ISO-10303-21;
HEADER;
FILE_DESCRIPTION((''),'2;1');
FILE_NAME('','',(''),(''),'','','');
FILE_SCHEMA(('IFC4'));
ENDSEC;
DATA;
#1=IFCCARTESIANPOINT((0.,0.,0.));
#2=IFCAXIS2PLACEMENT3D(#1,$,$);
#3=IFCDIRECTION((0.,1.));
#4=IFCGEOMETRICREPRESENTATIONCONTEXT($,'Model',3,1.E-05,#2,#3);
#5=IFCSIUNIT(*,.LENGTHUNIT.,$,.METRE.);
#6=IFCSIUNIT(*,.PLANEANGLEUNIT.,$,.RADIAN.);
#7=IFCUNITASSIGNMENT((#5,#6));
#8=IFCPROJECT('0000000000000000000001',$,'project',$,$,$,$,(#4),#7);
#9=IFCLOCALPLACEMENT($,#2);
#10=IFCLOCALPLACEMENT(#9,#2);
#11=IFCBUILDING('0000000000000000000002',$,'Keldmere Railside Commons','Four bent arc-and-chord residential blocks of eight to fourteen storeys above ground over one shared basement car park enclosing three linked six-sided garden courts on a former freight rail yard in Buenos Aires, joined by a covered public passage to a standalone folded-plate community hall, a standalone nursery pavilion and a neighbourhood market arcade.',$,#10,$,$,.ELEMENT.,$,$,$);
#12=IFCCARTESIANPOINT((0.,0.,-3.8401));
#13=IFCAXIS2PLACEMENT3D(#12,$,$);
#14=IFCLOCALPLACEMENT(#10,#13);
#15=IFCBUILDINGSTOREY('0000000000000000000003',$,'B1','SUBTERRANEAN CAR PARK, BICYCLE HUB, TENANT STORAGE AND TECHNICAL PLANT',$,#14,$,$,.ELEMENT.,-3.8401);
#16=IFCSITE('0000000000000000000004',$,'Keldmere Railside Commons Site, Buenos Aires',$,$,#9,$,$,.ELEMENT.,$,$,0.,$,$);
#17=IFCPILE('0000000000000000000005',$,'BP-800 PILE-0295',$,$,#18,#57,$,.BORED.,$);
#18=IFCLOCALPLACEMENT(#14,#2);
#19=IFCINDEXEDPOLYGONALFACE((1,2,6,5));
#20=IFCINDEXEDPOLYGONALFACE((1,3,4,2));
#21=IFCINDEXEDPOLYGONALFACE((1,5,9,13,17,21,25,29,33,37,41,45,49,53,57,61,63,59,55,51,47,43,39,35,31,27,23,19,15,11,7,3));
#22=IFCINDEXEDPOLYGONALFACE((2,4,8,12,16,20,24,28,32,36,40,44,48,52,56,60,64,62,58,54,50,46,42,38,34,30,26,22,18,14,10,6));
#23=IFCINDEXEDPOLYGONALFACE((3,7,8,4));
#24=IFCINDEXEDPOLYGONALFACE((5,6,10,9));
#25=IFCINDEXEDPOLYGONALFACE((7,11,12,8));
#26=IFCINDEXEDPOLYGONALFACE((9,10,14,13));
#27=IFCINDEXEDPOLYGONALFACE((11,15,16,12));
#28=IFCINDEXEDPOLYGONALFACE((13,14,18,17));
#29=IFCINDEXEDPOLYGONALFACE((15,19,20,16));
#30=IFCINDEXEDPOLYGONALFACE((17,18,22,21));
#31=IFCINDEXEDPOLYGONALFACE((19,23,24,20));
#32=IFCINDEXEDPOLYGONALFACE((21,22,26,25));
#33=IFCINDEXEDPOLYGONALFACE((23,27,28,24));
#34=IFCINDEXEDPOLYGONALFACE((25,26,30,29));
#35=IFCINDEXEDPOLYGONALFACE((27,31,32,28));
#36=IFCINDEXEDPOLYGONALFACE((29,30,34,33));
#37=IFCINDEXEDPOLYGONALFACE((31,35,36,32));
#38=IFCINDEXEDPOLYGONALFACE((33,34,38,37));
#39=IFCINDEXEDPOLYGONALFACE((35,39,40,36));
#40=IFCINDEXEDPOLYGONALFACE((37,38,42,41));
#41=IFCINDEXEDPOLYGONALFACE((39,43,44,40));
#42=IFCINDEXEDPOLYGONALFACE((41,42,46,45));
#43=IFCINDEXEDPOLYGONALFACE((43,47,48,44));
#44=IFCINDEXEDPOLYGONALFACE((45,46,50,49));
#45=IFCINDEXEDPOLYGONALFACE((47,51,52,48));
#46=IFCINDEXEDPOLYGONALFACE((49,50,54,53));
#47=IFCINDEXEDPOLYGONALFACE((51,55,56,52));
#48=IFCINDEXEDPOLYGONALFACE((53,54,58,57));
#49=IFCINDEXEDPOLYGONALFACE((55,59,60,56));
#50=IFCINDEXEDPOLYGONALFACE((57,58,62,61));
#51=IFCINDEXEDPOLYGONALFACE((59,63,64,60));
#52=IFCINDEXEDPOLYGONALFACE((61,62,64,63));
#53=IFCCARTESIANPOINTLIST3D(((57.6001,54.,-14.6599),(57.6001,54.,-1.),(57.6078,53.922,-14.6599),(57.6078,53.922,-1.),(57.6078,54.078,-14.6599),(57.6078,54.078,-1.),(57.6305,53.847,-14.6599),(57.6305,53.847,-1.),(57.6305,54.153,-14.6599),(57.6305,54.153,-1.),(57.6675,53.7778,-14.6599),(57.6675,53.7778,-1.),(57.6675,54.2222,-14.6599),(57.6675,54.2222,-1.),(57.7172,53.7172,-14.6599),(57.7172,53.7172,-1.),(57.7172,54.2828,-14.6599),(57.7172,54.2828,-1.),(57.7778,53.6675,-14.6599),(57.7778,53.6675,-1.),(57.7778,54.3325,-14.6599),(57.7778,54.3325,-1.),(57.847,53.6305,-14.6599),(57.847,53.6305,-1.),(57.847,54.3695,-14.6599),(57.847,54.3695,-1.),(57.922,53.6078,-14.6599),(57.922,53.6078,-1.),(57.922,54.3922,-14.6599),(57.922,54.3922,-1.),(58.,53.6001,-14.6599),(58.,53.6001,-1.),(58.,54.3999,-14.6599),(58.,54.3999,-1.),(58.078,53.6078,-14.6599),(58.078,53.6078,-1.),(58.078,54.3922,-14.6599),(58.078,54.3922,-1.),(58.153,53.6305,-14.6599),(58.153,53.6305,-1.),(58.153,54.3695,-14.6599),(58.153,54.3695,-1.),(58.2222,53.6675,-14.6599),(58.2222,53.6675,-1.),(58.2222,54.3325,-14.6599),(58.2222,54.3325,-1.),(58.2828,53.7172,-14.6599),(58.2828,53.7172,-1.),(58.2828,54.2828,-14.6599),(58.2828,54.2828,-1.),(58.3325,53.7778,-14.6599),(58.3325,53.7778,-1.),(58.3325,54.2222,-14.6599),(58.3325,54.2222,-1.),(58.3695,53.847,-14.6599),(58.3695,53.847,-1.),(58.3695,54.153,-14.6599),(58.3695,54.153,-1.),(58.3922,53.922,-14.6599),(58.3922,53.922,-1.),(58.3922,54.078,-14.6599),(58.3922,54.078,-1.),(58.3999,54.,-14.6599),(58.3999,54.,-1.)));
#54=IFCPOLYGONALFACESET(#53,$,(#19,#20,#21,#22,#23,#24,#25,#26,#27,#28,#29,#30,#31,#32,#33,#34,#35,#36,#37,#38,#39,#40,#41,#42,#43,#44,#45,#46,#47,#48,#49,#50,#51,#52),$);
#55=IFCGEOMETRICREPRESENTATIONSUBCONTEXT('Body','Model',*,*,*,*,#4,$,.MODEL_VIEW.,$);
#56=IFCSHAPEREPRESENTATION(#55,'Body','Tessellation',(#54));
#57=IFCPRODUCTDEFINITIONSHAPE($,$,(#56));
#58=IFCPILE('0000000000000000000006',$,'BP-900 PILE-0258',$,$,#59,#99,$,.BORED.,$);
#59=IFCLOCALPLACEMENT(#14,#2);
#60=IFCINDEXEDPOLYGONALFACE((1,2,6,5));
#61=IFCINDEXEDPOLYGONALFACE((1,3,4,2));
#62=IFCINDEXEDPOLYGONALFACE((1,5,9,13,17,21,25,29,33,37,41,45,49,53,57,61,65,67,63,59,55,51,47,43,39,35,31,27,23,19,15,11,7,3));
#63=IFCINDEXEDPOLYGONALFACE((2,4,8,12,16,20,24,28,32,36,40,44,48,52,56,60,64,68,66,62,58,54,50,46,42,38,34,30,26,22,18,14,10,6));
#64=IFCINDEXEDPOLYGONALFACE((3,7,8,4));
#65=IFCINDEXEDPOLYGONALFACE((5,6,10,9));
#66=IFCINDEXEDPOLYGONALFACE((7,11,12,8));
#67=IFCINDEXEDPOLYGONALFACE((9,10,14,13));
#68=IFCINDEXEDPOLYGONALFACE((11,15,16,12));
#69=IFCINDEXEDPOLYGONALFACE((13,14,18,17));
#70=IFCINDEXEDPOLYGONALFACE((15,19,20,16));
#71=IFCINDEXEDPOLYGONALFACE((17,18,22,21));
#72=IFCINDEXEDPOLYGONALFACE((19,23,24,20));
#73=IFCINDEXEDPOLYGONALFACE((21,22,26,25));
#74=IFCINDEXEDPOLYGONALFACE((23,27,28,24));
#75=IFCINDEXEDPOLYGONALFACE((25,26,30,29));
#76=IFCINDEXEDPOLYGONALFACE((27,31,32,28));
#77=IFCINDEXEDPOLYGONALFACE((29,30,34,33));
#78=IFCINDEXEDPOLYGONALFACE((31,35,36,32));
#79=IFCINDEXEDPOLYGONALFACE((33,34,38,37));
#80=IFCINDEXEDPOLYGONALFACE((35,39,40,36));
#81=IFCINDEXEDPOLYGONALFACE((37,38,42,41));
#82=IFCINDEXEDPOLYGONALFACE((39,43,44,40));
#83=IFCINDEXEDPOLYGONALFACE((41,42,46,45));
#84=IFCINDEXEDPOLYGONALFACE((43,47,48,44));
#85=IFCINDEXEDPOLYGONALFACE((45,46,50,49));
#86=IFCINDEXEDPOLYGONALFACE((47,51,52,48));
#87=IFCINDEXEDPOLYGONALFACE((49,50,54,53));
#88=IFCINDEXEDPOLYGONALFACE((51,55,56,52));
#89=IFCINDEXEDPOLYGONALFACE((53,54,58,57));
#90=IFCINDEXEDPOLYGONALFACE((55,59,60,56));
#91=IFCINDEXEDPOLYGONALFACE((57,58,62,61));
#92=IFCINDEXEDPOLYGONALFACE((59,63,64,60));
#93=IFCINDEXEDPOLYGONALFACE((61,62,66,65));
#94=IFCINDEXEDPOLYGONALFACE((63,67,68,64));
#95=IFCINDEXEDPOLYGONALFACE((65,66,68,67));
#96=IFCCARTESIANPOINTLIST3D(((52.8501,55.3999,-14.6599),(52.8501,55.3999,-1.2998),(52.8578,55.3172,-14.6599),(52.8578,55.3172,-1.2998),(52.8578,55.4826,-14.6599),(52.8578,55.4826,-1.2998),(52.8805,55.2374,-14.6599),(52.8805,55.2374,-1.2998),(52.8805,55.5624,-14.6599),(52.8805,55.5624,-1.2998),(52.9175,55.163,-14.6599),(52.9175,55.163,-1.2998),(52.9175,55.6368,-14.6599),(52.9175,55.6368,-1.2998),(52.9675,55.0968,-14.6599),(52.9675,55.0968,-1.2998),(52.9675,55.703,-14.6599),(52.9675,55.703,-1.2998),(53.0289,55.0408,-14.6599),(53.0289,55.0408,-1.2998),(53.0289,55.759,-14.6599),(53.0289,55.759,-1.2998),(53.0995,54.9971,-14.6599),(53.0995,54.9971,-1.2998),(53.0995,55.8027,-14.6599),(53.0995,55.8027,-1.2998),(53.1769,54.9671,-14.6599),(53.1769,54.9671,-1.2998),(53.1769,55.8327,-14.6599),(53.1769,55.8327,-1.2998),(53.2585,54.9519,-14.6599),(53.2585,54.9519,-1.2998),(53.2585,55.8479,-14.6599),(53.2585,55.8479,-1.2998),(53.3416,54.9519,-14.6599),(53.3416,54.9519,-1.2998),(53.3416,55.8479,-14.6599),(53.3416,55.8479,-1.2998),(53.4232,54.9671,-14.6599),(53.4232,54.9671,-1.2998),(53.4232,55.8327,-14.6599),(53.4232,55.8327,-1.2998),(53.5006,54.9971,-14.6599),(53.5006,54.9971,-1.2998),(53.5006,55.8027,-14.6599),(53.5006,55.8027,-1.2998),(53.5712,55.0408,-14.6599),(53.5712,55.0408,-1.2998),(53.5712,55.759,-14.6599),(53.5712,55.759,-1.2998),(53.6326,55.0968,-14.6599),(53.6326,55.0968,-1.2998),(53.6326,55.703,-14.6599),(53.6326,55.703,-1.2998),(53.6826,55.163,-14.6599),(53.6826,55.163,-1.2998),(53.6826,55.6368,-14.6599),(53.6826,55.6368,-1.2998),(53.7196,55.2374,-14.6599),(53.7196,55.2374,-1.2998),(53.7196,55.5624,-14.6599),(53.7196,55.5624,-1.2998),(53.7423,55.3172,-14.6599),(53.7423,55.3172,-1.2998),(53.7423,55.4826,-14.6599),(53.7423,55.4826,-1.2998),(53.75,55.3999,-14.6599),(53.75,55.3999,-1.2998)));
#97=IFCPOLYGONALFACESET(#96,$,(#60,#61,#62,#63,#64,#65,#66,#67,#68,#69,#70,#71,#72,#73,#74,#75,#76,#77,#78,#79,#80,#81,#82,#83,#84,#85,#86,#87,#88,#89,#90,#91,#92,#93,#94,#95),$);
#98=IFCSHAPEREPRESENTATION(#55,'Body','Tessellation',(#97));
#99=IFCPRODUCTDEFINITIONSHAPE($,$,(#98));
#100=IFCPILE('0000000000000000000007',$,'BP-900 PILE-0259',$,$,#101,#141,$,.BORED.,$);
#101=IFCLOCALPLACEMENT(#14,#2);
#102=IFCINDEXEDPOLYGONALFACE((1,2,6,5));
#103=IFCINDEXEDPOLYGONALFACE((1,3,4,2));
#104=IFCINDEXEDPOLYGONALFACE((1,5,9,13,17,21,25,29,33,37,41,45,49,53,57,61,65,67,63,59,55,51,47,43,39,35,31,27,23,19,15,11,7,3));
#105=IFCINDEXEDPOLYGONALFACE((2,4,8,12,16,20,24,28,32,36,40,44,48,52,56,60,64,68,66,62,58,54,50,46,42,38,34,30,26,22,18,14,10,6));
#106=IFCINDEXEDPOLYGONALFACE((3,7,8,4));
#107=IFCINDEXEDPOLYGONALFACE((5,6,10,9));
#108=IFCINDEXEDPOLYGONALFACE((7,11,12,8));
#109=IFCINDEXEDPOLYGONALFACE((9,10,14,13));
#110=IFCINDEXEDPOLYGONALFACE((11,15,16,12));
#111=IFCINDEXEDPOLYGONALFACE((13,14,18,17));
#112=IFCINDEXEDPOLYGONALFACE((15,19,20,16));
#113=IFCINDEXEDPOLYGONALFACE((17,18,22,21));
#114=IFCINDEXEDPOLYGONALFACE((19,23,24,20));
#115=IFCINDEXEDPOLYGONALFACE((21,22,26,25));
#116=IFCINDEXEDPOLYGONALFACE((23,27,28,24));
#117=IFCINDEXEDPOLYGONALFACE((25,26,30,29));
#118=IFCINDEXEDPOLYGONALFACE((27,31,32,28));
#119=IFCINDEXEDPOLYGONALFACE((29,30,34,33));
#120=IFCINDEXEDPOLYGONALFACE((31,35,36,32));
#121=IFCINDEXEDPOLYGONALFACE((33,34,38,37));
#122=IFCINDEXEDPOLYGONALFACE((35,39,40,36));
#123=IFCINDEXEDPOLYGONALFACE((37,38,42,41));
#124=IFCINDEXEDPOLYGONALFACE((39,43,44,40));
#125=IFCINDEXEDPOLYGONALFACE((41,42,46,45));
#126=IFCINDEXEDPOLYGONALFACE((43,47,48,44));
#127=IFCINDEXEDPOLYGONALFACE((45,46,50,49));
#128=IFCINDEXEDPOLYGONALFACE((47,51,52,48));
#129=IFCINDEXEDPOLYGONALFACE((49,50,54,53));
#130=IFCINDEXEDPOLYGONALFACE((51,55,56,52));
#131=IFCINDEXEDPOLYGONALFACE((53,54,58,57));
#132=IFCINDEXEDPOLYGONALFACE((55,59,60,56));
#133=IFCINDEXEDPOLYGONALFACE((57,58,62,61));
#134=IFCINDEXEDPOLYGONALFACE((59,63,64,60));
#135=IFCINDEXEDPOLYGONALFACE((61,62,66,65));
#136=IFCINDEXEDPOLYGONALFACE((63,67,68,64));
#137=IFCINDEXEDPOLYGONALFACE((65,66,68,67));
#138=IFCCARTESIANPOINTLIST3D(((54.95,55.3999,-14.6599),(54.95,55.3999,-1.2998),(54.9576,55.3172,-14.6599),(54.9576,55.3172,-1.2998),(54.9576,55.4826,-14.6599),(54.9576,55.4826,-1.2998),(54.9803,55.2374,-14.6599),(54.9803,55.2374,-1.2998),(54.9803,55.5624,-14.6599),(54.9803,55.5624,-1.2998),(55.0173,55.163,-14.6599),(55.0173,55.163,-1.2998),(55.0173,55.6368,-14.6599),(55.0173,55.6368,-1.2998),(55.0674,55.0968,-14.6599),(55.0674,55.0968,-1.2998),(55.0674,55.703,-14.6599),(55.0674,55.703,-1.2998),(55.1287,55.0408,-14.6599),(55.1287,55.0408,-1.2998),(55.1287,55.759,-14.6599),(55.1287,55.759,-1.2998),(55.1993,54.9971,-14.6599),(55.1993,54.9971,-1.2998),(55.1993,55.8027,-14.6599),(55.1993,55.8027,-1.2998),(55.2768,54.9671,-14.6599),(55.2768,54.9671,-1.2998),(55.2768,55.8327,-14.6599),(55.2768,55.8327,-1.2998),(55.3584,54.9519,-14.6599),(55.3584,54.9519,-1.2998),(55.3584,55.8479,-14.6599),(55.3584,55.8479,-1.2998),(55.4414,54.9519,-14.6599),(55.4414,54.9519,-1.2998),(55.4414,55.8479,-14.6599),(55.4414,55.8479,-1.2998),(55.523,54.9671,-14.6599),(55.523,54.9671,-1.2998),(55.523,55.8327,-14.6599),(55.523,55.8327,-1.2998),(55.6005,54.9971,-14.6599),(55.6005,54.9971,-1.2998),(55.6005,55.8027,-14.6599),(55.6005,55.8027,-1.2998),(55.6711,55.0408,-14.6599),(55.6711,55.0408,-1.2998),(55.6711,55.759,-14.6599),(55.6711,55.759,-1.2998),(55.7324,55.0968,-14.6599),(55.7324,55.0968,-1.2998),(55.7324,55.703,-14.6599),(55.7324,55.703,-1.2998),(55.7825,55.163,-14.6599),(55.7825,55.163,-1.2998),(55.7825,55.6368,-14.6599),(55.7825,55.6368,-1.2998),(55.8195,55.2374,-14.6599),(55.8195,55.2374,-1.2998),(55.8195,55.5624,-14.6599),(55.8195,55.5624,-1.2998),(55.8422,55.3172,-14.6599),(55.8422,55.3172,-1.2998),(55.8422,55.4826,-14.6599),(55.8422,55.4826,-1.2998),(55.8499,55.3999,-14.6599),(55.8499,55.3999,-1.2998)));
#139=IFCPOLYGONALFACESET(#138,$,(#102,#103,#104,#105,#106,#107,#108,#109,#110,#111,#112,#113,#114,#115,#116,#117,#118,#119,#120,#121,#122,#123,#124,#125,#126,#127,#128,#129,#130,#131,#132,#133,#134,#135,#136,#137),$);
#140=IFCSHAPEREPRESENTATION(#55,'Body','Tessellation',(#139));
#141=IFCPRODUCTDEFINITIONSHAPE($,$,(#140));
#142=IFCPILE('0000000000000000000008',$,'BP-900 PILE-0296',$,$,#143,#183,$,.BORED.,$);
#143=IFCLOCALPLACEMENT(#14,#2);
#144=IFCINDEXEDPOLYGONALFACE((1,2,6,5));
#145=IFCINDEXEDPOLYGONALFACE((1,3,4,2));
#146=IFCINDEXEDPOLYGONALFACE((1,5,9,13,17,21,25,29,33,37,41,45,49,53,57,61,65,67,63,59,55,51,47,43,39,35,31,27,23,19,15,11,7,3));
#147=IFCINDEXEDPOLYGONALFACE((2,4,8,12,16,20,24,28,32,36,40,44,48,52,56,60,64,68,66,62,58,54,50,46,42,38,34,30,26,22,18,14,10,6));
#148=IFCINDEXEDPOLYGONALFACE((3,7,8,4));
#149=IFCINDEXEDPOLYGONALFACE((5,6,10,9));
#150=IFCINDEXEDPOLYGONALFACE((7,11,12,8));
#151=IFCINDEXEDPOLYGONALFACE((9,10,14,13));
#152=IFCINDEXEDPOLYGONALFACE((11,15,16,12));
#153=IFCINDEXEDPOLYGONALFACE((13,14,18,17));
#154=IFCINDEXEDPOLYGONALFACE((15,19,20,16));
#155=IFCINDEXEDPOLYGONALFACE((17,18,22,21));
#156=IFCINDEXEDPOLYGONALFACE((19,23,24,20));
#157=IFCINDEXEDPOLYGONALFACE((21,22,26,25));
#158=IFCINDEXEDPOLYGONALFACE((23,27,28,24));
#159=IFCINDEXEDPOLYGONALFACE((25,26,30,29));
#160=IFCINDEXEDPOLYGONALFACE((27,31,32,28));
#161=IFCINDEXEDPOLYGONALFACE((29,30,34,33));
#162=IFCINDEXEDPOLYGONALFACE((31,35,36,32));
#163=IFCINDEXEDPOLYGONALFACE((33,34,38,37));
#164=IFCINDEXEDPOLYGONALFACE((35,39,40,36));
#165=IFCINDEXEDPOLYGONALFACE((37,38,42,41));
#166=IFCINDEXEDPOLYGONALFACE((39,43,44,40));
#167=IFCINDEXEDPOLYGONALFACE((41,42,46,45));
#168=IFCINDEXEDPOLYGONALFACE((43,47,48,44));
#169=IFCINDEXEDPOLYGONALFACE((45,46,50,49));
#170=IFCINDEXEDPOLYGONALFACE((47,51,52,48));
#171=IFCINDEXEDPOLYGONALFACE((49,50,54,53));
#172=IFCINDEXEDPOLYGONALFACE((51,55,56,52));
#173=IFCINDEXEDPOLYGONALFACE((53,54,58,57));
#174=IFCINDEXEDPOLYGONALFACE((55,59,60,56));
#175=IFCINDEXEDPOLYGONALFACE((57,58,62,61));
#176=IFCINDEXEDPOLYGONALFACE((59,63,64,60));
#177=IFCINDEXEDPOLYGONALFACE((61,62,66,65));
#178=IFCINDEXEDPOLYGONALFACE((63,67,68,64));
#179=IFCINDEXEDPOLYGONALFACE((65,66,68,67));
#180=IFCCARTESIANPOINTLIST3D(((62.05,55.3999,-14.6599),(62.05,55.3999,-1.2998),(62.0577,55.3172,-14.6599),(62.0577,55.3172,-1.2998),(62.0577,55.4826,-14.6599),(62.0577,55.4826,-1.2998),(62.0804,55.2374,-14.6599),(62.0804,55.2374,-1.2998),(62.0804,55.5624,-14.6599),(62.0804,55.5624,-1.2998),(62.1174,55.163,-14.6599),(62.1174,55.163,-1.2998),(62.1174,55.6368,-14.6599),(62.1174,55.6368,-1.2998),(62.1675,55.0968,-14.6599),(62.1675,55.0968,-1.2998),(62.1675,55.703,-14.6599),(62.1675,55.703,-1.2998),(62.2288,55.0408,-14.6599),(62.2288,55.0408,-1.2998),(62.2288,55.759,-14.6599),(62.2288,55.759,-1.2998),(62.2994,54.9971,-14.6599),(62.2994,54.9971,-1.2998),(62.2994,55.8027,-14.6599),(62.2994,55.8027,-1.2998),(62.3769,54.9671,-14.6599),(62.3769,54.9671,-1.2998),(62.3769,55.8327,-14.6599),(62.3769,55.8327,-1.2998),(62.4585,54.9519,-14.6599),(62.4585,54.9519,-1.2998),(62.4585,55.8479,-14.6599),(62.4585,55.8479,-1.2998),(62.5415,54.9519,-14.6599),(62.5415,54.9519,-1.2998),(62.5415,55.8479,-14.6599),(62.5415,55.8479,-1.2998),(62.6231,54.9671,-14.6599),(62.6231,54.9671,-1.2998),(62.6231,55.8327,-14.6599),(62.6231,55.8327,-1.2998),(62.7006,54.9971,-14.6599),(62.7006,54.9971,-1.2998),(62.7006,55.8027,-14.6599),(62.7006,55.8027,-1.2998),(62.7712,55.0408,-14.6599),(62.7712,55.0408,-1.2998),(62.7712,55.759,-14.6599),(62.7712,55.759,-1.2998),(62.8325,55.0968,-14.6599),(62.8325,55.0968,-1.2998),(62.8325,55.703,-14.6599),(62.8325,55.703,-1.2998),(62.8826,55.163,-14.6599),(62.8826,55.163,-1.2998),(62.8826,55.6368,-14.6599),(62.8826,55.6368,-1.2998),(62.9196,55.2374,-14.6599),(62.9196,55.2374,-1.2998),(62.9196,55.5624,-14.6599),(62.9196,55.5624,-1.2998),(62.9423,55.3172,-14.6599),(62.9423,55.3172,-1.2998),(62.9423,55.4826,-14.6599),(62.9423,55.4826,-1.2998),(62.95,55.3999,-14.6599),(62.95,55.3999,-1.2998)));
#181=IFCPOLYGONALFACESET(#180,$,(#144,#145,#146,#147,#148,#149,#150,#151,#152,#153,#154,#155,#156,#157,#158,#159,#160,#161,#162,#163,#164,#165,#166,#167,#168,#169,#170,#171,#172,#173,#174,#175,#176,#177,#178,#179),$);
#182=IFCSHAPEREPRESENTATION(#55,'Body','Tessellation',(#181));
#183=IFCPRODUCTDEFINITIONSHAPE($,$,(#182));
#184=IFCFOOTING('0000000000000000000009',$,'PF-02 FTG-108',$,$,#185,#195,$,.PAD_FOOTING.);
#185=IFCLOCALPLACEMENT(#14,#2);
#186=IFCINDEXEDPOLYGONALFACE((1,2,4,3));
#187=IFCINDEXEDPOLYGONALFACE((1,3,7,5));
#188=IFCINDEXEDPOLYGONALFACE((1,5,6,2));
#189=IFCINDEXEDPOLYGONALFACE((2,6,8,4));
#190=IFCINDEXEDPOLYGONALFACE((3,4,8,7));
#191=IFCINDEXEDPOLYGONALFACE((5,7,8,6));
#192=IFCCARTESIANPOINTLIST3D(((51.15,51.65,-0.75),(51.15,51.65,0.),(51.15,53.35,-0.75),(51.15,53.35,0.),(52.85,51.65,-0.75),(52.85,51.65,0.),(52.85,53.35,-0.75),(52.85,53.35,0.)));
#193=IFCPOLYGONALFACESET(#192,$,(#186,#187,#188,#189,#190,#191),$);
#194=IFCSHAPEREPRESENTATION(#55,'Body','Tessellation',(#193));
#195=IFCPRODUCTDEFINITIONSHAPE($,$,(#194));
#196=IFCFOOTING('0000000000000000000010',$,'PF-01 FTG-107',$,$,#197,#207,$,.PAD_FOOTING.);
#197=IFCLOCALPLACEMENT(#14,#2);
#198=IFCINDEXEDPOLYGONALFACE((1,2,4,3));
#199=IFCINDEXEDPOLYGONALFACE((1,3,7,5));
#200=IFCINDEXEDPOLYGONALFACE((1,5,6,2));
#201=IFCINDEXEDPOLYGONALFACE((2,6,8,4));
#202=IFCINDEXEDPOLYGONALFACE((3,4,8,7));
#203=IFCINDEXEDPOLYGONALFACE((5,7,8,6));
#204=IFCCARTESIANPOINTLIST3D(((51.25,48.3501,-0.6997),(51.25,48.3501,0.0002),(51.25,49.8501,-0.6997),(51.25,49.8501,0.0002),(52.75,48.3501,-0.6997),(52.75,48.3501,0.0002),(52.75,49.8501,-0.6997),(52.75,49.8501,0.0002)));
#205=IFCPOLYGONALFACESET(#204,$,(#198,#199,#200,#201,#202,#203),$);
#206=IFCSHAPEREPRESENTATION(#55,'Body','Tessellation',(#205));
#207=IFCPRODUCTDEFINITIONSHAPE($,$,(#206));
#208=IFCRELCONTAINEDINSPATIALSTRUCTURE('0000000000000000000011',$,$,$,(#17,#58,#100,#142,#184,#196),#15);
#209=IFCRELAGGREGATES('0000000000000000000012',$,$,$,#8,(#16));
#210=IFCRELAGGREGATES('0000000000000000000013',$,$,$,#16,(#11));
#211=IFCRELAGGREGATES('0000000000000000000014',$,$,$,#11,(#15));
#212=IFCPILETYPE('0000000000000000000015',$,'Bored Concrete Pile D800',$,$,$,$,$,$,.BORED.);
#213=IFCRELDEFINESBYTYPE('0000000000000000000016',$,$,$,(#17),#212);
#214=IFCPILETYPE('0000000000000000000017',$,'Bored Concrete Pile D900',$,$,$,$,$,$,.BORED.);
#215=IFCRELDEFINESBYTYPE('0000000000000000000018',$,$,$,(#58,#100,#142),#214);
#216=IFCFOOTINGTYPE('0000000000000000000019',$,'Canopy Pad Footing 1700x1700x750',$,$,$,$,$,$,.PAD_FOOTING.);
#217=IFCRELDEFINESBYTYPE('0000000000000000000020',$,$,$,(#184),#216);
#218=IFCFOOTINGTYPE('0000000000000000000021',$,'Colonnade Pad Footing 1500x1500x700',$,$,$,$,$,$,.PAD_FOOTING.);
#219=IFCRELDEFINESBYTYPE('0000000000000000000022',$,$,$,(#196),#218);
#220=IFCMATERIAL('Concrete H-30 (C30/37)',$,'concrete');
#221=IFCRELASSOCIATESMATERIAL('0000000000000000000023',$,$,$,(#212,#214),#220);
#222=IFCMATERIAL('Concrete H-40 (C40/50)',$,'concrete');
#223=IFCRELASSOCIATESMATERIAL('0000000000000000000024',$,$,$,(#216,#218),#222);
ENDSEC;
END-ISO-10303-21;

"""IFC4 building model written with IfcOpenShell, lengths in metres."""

from ifc_helpers import new_model, si_unit, direction, frame, origin, origin_2d, place, context, subcontext, project, spatial, rectangle, circle, extrude, material, material_profile, profile_set, type_object, element, save


model = new_model("IFC4")

# Units and contexts
model_context = context("Model", 3, precision=1e-05, world=origin(), true_north=direction((0.0, 1.0)))
body_context = subcontext(model_context, "Body", "Model", "MODEL_VIEW")
ifc_project = project(units=[si_unit("LENGTHUNIT", "METRE"), si_unit("PLANEANGLEUNIT", "RADIAN")], contexts=[model_context])

# Site, building, storey
site_placement = place(None, origin())
site = spatial("IfcSite", under=ifc_project, at=site_placement, Name="Keldmere Railside Commons Site, Buenos Aires", CompositionType="ELEMENT", RefElevation=0.0)
building_placement = place(site_placement, origin())
building = spatial("IfcBuilding", under=site, at=building_placement, Name="Keldmere Railside Commons", Description="Four bent arc-and-chord residential blocks of eight to fourteen storeys above ground over one shared basement car park enclosing three linked six-sided garden courts on a former freight rail yard in Buenos Aires, joined by a covered public passage to a standalone folded-plate community hall, a standalone nursery pavilion and a neighbourhood market arcade.", CompositionType="ELEMENT")
storey_placement = place(building_placement, frame((0.0, 0.0, -3.8401)))
storey = spatial("IfcBuildingStorey", under=building, at=storey_placement, Name="B1", Description="SUBTERRANEAN CAR PARK, BICYCLE HUB, TENANT STORAGE AND TECHNICAL PLANT", CompositionType="ELEMENT", Elevation=-3.8401)

# Piles
ifc_material_1 = material(Name="Concrete H-30 (C30/37)", Category="concrete")
ifc_material_profile_1 = material_profile(ifc_material_1, circle(Radius=0.3999, at=origin_2d()), Name="PILE-D800")
ifc_profile_set_1 = profile_set([ifc_material_profile_1], Name="Concrete H-30 (C30/37)")
pile_type_1 = type_object("IfcPileType", Name="Bored Concrete Pile D800", PredefinedType="BORED", material=ifc_profile_set_1)
pile_placement = place(storey_placement, frame((58.0, 54.0, -1.0), z_axis=(0.0, 0.0, -1.0), x_axis=(1.0, 0.0, 0.0)))
element("IfcPile", 1, at=pile_placement, inside=storey, type_object=pile_type_1, Name="BP-800 PILE-0295", PredefinedType="BORED", context=body_context, shape_type="SweptSolid", body=[
    extrude(circle(Radius=0.3999, at=origin_2d()), origin(), (0.0, 0.0, 1.0), 13.6599),
])
ifc_material_profile_2 = material_profile(ifc_material_1, circle(Radius=0.45, at=origin_2d()), Name="PILE-D900")
ifc_profile_set_2 = profile_set([ifc_material_profile_2], Name="Concrete H-30 (C30/37)")
pile_type_2 = type_object("IfcPileType", Name="Bored Concrete Pile D900", PredefinedType="BORED", material=ifc_profile_set_2)
for number, where, z_axis, x_axis, name in (
    (2, (53.3, 55.3999, -1.2998), (0.0, 0.0, -1.0), (1.0, 0.0, 0.0), "BP-900 PILE-0258"),
    (3, (55.3999, 55.3999, -1.2998), (0.0, 0.0, -1.0), (1.0, 0.0, 0.0), "BP-900 PILE-0259"),
    (4, (62.5, 55.3999, -1.2998), (0.0, 0.0, -1.0), (1.0, 0.0, 0.0), "BP-900 PILE-0296"),
):
    element("IfcPile", number, at=place(storey_placement, frame(where, z_axis=z_axis, x_axis=x_axis)), inside=storey, type_object=pile_type_2, Name=name, PredefinedType="BORED", context=body_context, shape_type="SweptSolid", body=[
        extrude(circle(Radius=0.45, at=origin_2d()), origin(), (0.0, 0.0, 1.0), 13.3601),
    ])

# Footings
ifc_material_2 = material(Name="Concrete H-40 (C40/50)", Category="concrete")
footing_type_1 = type_object("IfcFootingType", Name="Canopy Pad Footing 1700x1700x750", PredefinedType="PAD_FOOTING", material=ifc_material_2)
footing_1_placement = place(storey_placement, frame((52.0, 52.5, -0.75), z_axis=(0.0, 0.0, 1.0), x_axis=(1.0, 0.0, 0.0)))
element("IfcFooting", 5, at=footing_1_placement, inside=storey, type_object=footing_type_1, Name="PF-02 FTG-108", PredefinedType="PAD_FOOTING", context=body_context, shape_type="SweptSolid", body=[
    extrude(rectangle(XDim=1.7, YDim=1.7, at=origin_2d()), origin(), (0.0, 0.0, 1.0), 0.75),
])
footing_type_2 = type_object("IfcFootingType", Name="Colonnade Pad Footing 1500x1500x700", PredefinedType="PAD_FOOTING", material=ifc_material_2)
footing_2_placement = place(storey_placement, frame((52.0, 49.1001, -0.6997), z_axis=(0.0, 0.0, 1.0), x_axis=(1.0, 0.0, 0.0)))
element("IfcFooting", 6, at=footing_2_placement, inside=storey, type_object=footing_type_2, Name="PF-01 FTG-107", PredefinedType="PAD_FOOTING", context=body_context, shape_type="SweptSolid", body=[
    extrude(rectangle(XDim=1.5, YDim=1.5, at=origin_2d()), origin(), (0.0, 0.0, 1.0), 0.7),
])

save(model, "model.ifc")
